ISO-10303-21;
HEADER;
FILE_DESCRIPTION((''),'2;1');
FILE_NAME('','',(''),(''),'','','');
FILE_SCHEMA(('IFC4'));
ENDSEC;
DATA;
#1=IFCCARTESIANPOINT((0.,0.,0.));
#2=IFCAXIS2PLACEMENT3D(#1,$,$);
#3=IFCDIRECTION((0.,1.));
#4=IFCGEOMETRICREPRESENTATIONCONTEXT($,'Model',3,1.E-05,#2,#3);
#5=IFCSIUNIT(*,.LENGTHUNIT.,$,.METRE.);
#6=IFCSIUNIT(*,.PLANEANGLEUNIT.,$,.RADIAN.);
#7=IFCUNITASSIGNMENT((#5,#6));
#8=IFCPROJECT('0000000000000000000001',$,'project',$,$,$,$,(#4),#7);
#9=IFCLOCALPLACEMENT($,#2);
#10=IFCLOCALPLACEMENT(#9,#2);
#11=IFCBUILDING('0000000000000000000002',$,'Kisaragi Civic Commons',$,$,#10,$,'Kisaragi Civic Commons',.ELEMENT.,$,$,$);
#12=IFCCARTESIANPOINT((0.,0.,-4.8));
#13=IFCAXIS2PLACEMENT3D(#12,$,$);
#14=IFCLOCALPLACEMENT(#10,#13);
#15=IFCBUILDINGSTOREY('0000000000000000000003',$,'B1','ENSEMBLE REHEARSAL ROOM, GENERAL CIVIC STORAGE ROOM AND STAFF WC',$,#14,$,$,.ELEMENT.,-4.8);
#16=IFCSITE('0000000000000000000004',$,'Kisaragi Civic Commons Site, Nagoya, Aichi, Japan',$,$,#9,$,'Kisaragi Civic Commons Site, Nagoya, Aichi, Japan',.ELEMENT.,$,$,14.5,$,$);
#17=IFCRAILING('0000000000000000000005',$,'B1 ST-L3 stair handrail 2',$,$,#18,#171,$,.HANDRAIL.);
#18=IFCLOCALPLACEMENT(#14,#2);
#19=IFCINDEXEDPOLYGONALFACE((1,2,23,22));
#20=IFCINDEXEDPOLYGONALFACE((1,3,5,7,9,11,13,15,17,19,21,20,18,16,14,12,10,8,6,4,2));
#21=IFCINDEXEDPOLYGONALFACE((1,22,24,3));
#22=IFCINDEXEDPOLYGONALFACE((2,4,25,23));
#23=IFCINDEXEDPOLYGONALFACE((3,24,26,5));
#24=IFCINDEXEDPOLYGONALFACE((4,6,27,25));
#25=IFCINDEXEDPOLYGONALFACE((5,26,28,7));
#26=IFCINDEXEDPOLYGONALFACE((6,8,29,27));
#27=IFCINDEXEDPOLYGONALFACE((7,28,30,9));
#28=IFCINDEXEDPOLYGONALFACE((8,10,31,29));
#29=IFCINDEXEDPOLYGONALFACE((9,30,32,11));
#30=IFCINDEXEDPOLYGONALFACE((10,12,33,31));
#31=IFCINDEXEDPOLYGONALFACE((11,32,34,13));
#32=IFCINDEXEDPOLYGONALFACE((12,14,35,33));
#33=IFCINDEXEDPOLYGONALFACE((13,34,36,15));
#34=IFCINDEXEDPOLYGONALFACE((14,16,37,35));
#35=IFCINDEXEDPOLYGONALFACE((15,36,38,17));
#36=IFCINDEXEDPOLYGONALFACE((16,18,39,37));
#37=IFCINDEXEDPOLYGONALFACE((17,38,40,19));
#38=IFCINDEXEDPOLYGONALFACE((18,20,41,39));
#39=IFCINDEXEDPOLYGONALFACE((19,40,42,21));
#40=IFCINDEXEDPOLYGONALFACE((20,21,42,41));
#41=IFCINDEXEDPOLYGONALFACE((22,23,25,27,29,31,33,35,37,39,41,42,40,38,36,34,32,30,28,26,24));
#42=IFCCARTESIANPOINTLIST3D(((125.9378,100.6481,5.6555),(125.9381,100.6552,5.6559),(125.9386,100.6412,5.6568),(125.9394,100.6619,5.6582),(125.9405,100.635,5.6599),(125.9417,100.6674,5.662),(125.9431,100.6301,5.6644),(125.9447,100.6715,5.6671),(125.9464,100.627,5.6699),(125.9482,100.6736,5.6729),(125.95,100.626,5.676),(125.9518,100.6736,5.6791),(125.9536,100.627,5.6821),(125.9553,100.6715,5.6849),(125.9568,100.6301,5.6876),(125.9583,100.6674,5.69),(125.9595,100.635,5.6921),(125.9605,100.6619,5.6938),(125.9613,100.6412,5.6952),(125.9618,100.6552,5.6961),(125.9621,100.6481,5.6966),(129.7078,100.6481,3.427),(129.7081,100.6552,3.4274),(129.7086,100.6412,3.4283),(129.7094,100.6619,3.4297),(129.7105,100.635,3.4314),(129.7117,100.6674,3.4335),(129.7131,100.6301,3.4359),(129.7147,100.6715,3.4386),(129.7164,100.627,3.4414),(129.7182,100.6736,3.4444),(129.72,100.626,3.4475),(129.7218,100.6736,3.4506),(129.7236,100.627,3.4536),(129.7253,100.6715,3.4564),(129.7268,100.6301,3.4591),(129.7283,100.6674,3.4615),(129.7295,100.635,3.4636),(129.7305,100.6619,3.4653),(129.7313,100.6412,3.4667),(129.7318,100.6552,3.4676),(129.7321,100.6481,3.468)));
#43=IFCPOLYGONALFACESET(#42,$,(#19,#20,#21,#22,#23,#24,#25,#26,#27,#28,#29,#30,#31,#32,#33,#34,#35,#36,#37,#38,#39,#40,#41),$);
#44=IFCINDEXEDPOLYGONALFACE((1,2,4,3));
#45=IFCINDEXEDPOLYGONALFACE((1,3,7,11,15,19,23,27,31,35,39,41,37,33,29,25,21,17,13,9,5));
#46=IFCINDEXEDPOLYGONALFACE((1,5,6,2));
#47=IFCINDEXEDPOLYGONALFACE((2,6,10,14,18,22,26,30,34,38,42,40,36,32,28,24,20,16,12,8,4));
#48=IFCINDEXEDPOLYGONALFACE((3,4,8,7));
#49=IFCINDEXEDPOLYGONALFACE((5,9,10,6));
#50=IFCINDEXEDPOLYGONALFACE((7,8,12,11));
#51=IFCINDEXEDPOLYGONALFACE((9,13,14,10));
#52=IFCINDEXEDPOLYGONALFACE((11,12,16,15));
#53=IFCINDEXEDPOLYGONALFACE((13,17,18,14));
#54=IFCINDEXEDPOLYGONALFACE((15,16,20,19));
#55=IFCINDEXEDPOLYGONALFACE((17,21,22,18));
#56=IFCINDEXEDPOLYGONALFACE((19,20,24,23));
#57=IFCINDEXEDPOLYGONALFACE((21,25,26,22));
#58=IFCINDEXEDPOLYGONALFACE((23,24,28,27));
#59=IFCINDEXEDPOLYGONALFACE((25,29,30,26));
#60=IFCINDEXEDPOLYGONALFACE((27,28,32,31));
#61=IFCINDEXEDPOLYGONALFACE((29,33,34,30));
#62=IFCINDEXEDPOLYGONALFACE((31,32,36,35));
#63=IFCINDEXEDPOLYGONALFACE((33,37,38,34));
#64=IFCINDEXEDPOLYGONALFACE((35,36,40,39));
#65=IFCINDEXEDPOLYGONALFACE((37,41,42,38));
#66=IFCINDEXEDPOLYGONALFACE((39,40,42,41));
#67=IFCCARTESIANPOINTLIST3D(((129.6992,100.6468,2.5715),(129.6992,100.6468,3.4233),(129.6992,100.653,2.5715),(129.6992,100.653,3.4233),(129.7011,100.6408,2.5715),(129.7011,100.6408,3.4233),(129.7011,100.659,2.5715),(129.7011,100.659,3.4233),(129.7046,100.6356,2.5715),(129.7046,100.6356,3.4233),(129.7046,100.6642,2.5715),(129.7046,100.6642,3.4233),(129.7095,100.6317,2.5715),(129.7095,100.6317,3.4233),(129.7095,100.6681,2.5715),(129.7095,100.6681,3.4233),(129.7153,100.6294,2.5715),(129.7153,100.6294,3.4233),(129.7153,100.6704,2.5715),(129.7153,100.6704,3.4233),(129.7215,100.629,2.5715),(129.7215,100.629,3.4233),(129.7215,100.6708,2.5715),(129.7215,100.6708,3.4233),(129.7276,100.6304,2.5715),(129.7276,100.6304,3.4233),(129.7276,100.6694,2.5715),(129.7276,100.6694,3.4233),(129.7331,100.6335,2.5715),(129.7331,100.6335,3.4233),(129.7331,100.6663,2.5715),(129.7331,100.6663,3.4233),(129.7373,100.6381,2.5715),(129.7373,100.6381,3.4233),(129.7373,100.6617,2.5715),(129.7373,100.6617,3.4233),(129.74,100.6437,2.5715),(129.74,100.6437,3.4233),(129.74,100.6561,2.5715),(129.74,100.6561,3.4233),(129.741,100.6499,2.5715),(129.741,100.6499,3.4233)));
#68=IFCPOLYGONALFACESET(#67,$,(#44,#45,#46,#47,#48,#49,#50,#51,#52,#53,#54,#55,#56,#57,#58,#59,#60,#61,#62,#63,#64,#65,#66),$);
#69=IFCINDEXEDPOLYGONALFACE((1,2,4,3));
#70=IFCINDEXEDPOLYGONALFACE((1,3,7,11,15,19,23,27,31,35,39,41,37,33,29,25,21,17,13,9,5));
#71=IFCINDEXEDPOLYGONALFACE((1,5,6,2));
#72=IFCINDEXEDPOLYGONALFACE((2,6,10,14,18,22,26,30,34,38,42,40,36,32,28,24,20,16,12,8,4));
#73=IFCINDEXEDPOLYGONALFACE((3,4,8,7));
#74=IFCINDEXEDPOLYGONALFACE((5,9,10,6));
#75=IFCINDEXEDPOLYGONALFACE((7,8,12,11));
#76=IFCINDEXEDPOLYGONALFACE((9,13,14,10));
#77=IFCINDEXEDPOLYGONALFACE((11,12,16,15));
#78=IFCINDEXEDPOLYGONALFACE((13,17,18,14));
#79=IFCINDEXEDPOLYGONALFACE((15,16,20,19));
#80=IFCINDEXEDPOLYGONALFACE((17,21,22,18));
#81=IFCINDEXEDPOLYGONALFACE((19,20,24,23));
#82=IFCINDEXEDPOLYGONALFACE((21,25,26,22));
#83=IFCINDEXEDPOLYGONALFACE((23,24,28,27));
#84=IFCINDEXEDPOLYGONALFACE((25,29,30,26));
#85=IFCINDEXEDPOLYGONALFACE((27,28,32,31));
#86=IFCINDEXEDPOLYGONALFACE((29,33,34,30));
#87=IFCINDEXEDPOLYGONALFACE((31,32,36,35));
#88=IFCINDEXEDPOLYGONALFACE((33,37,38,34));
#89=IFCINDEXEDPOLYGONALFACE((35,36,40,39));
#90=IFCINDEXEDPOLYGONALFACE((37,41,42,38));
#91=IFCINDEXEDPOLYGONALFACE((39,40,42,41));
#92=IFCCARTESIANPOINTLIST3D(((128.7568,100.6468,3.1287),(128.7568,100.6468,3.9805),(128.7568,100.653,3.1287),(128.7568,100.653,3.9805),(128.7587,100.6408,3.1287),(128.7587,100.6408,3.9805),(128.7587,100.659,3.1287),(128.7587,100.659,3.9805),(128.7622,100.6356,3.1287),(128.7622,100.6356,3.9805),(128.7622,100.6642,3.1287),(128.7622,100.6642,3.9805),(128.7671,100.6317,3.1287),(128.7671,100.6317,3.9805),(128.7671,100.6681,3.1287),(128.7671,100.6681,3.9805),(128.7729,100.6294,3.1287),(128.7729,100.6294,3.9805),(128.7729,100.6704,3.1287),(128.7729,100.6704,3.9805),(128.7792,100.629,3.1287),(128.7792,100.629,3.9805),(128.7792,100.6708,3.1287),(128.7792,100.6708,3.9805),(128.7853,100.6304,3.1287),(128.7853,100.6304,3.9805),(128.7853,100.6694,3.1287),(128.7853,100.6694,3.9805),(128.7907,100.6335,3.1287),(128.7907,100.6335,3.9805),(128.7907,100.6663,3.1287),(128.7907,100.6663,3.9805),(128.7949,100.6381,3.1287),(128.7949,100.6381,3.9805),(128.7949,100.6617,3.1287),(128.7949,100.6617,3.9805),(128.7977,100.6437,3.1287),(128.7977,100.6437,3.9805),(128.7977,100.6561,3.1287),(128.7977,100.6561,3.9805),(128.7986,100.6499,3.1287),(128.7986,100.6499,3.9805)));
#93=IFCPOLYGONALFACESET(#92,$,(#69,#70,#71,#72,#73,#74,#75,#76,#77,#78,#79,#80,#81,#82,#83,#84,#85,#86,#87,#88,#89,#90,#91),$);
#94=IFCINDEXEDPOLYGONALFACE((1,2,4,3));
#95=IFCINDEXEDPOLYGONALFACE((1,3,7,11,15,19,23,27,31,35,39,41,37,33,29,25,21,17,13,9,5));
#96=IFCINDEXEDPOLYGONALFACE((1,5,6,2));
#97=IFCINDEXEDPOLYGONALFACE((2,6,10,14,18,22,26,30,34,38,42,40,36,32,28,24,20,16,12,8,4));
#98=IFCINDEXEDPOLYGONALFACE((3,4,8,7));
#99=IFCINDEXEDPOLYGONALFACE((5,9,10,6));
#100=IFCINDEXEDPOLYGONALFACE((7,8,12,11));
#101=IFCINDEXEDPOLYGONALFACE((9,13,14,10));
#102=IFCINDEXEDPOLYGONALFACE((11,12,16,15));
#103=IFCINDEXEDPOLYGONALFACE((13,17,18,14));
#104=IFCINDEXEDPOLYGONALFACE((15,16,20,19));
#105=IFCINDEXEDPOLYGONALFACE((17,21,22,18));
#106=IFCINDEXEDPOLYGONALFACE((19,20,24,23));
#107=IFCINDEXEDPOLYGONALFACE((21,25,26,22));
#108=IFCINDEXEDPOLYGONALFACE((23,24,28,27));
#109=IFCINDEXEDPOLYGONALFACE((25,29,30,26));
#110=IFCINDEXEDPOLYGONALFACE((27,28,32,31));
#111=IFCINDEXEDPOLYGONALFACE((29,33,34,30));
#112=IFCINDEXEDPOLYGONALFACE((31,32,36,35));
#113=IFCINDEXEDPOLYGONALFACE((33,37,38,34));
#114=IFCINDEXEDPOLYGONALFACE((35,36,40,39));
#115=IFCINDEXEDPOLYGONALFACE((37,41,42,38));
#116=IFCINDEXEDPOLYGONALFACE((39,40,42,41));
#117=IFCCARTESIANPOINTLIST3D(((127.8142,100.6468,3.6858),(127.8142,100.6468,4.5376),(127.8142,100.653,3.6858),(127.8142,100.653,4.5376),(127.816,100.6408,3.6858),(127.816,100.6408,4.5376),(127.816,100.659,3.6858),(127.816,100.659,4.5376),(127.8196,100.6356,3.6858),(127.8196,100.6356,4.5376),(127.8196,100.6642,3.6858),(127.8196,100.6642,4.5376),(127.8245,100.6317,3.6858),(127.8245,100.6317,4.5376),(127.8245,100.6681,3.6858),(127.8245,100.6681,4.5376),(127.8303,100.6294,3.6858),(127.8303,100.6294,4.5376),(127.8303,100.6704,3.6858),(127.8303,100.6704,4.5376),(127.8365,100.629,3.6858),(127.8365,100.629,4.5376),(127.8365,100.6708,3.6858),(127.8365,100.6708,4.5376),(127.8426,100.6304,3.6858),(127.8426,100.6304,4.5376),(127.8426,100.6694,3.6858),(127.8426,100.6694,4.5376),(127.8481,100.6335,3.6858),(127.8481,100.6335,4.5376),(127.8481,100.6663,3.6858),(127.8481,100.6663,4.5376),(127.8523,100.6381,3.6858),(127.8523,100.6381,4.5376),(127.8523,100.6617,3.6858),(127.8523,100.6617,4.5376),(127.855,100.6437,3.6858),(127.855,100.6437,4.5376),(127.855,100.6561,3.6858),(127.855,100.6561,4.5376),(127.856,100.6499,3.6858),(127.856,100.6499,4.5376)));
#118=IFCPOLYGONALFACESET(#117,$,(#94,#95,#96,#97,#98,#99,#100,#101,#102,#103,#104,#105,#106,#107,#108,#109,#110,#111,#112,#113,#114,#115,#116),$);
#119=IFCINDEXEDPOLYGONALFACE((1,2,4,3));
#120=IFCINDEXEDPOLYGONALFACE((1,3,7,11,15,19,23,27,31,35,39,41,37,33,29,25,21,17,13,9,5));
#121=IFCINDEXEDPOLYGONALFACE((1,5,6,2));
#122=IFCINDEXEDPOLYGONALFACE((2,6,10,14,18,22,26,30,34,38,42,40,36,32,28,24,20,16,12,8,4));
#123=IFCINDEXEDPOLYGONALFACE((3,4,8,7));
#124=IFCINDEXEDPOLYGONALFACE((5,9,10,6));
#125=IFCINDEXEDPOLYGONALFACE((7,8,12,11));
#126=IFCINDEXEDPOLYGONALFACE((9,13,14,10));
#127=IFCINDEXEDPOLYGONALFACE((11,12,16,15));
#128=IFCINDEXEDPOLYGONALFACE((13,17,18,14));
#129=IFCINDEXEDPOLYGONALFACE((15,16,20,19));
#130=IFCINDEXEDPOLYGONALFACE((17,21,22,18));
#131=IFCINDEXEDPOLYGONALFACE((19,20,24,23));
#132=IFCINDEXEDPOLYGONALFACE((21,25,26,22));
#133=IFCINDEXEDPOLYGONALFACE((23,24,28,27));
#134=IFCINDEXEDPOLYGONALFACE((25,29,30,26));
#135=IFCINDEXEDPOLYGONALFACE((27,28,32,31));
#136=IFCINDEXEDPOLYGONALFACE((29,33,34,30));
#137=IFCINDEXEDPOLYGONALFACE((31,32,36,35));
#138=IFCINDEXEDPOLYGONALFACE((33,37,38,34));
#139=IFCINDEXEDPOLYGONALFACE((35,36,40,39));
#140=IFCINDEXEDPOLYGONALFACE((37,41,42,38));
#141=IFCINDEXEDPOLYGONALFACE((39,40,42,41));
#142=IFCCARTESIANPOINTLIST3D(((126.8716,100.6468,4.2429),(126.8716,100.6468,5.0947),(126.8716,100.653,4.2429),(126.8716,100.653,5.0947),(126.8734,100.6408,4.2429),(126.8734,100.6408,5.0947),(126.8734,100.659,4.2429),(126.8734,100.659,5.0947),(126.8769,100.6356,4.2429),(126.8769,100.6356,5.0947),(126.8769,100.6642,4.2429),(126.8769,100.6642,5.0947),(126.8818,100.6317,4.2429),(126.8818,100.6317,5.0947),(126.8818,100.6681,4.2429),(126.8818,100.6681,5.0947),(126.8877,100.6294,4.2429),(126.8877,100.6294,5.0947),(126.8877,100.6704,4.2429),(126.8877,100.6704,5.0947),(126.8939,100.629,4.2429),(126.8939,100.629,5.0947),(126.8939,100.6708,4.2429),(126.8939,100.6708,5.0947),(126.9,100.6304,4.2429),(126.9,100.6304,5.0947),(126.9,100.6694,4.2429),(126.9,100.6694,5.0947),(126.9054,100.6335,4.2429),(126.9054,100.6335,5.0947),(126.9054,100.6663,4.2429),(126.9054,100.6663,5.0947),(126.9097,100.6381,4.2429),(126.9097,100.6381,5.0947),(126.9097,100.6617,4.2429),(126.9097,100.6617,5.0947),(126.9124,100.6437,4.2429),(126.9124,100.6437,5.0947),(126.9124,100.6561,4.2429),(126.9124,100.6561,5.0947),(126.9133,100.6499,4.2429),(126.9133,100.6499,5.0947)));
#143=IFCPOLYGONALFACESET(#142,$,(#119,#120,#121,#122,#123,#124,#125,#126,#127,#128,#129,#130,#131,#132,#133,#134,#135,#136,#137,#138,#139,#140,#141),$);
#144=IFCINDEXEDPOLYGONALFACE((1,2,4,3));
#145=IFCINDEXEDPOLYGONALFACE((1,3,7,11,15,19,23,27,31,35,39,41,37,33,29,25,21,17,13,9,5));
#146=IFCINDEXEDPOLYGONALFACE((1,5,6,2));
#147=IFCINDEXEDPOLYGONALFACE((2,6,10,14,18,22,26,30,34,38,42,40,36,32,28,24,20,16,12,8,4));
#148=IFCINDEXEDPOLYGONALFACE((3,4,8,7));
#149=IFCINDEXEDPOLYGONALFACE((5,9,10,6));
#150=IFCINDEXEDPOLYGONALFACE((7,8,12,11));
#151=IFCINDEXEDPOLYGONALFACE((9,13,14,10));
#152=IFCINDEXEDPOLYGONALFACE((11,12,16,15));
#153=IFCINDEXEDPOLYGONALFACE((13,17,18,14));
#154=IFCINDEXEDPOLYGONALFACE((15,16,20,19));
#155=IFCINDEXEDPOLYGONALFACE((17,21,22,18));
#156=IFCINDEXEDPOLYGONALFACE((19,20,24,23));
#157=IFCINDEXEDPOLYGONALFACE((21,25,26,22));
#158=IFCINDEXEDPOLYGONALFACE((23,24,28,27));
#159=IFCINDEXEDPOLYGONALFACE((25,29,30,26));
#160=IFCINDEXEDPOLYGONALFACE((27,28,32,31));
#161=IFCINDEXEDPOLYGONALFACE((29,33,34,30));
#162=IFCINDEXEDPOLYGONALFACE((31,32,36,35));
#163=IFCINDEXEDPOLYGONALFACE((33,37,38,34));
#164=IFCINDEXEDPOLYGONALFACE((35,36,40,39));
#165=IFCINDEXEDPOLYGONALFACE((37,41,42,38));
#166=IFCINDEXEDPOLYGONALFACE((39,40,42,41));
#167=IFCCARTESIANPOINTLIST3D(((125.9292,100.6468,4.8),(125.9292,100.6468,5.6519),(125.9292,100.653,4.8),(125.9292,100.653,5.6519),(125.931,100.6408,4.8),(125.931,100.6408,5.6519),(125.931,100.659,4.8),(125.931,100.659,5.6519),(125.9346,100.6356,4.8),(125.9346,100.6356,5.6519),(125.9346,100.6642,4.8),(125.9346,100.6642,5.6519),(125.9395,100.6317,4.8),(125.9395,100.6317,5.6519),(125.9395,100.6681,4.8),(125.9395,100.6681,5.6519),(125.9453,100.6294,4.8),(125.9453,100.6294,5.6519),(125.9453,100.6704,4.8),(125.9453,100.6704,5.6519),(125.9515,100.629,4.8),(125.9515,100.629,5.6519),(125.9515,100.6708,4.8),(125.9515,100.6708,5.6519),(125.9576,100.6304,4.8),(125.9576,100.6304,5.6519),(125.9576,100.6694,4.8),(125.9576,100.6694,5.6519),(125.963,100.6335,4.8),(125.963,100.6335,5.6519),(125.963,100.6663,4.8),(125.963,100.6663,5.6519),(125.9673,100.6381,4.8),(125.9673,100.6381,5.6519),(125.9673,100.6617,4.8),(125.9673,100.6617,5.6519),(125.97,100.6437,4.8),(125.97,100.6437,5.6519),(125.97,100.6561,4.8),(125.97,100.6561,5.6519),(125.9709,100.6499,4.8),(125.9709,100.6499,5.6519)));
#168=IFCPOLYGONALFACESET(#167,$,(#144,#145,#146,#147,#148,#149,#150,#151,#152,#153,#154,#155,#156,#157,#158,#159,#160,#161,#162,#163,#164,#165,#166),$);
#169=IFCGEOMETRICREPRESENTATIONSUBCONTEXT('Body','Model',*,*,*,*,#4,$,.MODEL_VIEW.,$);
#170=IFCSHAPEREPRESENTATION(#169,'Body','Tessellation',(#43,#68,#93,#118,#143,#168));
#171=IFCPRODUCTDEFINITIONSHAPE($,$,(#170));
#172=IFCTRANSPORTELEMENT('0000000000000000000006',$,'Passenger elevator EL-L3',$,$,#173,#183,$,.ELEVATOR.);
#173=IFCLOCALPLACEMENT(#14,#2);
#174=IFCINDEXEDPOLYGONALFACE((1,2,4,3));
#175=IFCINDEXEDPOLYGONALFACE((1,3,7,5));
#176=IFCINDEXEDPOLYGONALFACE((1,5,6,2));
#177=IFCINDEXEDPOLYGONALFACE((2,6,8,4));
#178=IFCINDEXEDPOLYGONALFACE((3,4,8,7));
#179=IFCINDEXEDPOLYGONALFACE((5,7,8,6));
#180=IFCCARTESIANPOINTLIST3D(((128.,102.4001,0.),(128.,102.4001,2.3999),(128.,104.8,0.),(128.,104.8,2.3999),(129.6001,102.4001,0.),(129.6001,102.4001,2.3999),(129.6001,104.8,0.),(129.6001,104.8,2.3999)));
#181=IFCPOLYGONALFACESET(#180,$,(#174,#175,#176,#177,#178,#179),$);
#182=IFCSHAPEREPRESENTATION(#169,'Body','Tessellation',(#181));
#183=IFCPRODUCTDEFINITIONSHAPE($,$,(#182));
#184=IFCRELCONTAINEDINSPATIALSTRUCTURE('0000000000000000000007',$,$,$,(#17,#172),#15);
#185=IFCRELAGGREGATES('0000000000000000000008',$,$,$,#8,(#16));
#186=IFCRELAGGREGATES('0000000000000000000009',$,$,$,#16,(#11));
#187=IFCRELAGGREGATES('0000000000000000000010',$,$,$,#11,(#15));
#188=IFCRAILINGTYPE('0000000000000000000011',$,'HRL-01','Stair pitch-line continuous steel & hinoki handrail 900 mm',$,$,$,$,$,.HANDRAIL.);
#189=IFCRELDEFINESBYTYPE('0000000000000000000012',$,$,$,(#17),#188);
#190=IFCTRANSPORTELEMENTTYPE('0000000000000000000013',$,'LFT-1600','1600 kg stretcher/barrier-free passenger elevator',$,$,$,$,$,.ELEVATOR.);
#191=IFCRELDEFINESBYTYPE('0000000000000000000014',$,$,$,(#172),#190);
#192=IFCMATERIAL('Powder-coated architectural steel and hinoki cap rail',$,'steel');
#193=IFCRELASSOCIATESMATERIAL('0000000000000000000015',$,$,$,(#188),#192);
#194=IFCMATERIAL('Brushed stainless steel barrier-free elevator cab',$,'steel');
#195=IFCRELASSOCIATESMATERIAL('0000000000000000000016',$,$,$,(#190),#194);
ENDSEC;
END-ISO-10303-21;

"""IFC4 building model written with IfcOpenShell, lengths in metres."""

from ifc_helpers import new_model, si_unit, direction, frame, origin, origin_2d, place, context, subcontext, project, spatial, rectangle, circle, extrude, material, type_object, element, save


model = new_model("IFC4")

# Units and contexts
model_context = context("Model", 3, precision=1e-05, world=origin(), true_north=direction((0.0, 1.0)))
body_context = subcontext(model_context, "Body", "Model", "MODEL_VIEW")
ifc_project = project(units=[si_unit("LENGTHUNIT", "METRE"), si_unit("PLANEANGLEUNIT", "RADIAN")], contexts=[model_context])

# Site, building, storey
site_placement = place(None, origin())
site = spatial("IfcSite", under=ifc_project, at=site_placement, Name="Kisaragi Civic Commons Site, Nagoya, Aichi, Japan", LongName="Kisaragi Civic Commons Site, Nagoya, Aichi, Japan", CompositionType="ELEMENT", RefElevation=14.5)
building_placement = place(site_placement, origin())
building = spatial("IfcBuilding", under=site, at=building_placement, Name="Kisaragi Civic Commons", LongName="Kisaragi Civic Commons", CompositionType="ELEMENT")
storey_placement = place(building_placement, frame((0.0, 0.0, -4.8)))
storey = spatial("IfcBuildingStorey", under=building, at=storey_placement, Name="B1", Description="ENSEMBLE REHEARSAL ROOM, GENERAL CIVIC STORAGE ROOM AND STAFF WC", CompositionType="ELEMENT", Elevation=-4.8)

# Railing
ifc_material_1 = material(Name="Powder-coated architectural steel and hinoki cap rail", Category="steel")
railing_type_1 = type_object("IfcRailingType", Name="HRL-01", Description="Stair pitch-line continuous steel & hinoki handrail 900 mm", PredefinedType="HANDRAIL", material=ifc_material_1)
railing_1_placement = place(storey_placement, frame((129.72, 100.6499, 2.5715)))
element("IfcRailing", 1, at=railing_1_placement, inside=storey, type_object=railing_type_1, Name="B1 ST-L3 stair handrail 2", PredefinedType="HANDRAIL", context=body_context, shape_type="SweptSolid", body=[
    extrude(circle(Radius=0.0239, at=origin_2d()), frame((0.0, 0.0, 0.876), z_axis=(-0.860849, 0.0, 0.508861), x_axis=(0.0, -1.0, 0.0)), (0.0, 0.0, 1.0), 4.3794),
    extrude(circle(Radius=0.021, at=origin_2d()), origin(), (0.0, 0.0, 1.0), 0.8518),
    extrude(circle(Radius=0.021, at=origin_2d()), frame((-0.9424, 0.0, 0.5571)), (0.0, 0.0, 1.0), 0.8518),
    extrude(circle(Radius=0.021, at=origin_2d()), frame((-1.885, 0.0, 1.1143)), (0.0, 0.0, 1.0), 0.8518),
    extrude(circle(Radius=0.021, at=origin_2d()), frame((-2.8276, 0.0, 1.6714)), (0.0, 0.0, 1.0), 0.8518),
    extrude(circle(Radius=0.021, at=origin_2d()), frame((-3.77, 0.0, 2.2285)), (0.0, 0.0, 1.0), 0.8518),
])

# Transport element
ifc_material_2 = material(Name="Brushed stainless steel barrier-free elevator cab", Category="steel")
transport_element_type = type_object("IfcTransportElementType", Name="LFT-1600", Description="1600 kg stretcher/barrier-free passenger elevator", PredefinedType="ELEVATOR", material=ifc_material_2)
transport_element_placement = place(storey_placement, frame((128.8, 103.6001, 0.0), z_axis=(0.0, 0.0, 1.0), x_axis=(1.0, 0.0, 0.0)))
element("IfcTransportElement", 2, at=transport_element_placement, inside=storey, type_object=transport_element_type, Name="Passenger elevator EL-L3", PredefinedType="ELEVATOR", context=body_context, shape_type="SweptSolid", body=[
    extrude(rectangle(XDim=1.6001, YDim=2.3999, at=origin_2d()), origin(), (0.0, 0.0, 1.0), 2.3999),
])

save(model, "model.ifc")
